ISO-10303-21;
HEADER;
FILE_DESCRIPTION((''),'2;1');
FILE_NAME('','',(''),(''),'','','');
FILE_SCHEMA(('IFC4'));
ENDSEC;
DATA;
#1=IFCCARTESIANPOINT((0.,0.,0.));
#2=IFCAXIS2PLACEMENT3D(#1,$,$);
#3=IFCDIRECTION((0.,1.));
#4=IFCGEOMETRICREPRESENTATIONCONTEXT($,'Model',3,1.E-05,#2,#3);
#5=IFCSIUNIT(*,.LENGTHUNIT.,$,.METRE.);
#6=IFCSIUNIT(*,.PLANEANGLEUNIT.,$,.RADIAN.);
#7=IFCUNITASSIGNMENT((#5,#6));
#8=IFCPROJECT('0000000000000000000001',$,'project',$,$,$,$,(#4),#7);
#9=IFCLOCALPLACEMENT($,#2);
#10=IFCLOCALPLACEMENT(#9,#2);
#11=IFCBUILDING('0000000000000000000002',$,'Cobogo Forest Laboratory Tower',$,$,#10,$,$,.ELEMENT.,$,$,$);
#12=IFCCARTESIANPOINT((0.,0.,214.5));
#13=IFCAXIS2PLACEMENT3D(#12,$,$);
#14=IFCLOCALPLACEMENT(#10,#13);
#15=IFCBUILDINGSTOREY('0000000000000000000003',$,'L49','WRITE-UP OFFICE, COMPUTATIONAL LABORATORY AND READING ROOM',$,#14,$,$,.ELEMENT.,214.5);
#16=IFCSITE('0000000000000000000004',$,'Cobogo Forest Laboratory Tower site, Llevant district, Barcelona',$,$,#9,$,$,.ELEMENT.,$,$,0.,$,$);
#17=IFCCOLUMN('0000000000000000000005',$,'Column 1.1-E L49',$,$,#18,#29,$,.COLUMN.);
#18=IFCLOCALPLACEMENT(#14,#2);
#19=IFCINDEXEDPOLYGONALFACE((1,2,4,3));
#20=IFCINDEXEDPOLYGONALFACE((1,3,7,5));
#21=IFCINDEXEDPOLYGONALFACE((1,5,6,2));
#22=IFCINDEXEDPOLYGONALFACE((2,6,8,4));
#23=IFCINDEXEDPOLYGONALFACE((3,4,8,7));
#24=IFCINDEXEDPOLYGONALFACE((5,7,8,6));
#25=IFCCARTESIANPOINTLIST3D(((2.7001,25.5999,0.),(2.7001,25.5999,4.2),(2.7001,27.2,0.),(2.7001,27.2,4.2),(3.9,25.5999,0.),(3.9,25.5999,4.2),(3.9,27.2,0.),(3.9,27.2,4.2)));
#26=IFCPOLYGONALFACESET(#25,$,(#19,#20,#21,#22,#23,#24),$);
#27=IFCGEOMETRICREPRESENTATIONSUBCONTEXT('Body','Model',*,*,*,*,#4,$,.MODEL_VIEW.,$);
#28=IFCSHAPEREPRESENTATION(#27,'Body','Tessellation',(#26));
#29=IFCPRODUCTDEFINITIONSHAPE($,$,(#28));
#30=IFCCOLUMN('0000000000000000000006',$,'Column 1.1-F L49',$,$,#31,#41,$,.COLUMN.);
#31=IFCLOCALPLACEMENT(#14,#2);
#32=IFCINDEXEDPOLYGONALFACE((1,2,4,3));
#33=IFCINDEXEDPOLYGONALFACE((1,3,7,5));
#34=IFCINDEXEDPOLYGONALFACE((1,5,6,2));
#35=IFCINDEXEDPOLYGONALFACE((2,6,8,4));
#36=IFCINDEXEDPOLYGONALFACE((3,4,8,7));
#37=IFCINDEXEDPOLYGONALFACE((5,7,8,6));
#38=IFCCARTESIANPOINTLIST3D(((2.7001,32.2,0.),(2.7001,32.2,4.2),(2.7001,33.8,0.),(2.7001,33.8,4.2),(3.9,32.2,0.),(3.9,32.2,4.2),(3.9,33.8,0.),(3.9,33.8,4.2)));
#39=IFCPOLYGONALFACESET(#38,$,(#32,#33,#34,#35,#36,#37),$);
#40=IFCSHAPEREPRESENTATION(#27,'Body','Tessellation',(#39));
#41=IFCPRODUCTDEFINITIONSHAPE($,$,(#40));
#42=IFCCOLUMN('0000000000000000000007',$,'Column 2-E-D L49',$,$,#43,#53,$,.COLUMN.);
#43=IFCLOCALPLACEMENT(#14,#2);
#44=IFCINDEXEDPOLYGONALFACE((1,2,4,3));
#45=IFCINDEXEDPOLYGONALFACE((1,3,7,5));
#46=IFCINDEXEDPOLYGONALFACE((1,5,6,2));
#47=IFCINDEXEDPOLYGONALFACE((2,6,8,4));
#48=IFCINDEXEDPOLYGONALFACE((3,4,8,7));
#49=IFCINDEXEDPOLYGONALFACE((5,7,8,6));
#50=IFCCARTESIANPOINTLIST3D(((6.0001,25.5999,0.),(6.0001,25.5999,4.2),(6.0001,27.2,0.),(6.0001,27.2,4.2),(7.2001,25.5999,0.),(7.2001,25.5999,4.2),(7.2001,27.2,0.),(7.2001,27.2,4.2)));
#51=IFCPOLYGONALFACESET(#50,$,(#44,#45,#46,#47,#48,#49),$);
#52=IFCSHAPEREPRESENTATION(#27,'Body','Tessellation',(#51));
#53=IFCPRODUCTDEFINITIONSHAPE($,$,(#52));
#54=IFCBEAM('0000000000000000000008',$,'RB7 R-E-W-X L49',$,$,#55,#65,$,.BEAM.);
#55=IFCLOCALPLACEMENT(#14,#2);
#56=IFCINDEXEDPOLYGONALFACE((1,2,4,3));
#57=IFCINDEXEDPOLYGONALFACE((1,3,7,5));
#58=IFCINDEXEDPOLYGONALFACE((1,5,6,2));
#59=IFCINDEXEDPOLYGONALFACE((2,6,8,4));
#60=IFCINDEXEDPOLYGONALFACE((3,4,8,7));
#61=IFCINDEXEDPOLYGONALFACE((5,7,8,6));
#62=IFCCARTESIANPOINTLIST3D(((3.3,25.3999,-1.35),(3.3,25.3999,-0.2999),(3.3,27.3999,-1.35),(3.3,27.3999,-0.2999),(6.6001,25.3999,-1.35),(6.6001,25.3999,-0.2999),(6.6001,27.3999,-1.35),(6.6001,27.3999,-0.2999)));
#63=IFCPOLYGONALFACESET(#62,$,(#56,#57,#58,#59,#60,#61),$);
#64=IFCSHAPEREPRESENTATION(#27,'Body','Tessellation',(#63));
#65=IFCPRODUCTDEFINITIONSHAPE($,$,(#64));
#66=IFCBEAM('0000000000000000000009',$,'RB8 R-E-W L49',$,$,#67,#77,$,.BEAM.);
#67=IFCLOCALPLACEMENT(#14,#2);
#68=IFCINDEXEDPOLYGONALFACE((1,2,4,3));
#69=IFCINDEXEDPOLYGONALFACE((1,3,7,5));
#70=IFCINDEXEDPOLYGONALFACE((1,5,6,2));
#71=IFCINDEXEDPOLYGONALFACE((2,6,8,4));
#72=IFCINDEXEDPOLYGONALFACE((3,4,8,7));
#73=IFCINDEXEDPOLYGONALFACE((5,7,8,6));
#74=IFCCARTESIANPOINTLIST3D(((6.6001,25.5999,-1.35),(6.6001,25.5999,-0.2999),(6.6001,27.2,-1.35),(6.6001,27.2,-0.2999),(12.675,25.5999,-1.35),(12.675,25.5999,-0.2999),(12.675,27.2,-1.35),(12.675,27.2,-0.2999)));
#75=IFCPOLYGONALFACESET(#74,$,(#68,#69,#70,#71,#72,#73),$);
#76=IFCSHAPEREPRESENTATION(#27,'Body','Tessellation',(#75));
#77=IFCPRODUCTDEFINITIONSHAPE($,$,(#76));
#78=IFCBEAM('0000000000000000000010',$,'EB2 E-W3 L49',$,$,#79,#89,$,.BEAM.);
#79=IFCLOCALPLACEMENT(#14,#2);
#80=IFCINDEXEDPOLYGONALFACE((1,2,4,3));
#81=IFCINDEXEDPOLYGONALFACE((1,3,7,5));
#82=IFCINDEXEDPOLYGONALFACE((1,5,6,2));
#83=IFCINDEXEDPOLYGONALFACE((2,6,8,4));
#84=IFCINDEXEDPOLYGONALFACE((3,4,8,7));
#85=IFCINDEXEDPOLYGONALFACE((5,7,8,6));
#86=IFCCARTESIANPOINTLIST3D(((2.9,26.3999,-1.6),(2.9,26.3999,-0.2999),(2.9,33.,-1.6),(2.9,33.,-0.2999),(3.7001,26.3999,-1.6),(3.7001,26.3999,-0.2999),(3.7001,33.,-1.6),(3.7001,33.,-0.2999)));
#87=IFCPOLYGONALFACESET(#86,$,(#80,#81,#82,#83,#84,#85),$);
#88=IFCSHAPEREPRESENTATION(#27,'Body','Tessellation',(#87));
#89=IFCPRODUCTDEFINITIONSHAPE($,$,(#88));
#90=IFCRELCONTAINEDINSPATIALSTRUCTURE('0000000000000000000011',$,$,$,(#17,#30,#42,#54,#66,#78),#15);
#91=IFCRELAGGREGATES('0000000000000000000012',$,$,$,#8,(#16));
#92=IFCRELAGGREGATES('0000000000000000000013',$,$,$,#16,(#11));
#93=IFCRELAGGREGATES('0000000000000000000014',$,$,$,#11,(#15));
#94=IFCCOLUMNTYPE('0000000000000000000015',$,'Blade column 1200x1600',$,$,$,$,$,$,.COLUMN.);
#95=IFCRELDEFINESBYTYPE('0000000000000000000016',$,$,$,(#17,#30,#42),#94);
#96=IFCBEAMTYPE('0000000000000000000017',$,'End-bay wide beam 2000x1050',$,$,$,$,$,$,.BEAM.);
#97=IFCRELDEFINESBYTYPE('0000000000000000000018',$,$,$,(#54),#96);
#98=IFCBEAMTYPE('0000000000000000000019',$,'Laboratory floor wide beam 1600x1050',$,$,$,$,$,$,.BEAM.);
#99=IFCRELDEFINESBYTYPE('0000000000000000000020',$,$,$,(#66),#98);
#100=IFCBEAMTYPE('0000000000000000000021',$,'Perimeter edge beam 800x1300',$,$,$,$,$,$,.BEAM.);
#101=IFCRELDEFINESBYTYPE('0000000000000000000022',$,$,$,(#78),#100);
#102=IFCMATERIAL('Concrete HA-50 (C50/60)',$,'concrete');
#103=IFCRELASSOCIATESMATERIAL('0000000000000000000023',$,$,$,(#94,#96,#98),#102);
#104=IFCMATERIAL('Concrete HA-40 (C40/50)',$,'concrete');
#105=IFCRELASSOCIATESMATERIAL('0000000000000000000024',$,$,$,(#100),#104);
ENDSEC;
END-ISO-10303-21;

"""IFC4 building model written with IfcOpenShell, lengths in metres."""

from ifc_helpers import new_model, si_unit, direction, frame, origin, origin_2d, place, context, subcontext, project, spatial, rectangle, extrude, material, material_profile, profile_set, type_object, element, save


model = new_model("IFC4")

# Units and contexts
model_context = context("Model", 3, precision=1e-05, world=origin(), true_north=direction((0.0, 1.0)))
body_context = subcontext(model_context, "Body", "Model", "MODEL_VIEW")
ifc_project = project(units=[si_unit("LENGTHUNIT", "METRE"), si_unit("PLANEANGLEUNIT", "RADIAN")], contexts=[model_context])

# Site, building, storey
site_placement = place(None, origin())
site = spatial("IfcSite", under=ifc_project, at=site_placement, Name="Cobogo Forest Laboratory Tower site, Llevant district, Barcelona", CompositionType="ELEMENT", RefElevation=0.0)
building_placement = place(site_placement, origin())
building = spatial("IfcBuilding", under=site, at=building_placement, Name="Cobogo Forest Laboratory Tower", CompositionType="ELEMENT")
storey_placement = place(building_placement, frame((0.0, 0.0, 214.5)))
storey = spatial("IfcBuildingStorey", under=building, at=storey_placement, Name="L49", Description="WRITE-UP OFFICE, COMPUTATIONAL LABORATORY AND READING ROOM", CompositionType="ELEMENT", Elevation=214.5)

# Columns
ifc_material_1 = material(Name="Concrete HA-50 (C50/60)", Category="concrete")
ifc_material_profile_1 = material_profile(ifc_material_1, rectangle(XDim=1.6001, YDim=1.2, at=origin_2d()), Name="RC 1200x1600")
ifc_profile_set_1 = profile_set([ifc_material_profile_1], Name="Concrete HA-50 (C50/60)")
column_type = type_object("IfcColumnType", Name="Blade column 1200x1600", PredefinedType="COLUMN", material=ifc_profile_set_1)
for number, where, z_axis, x_axis, name in (
    (1, (3.3, 26.3999, 0.0), (0.0, 0.0, 1.0), (0.0, 1.0, 0.0), "Column 1.1-E L49"),
    (2, (3.3, 33.0, 0.0), (0.0, 0.0, 1.0), (0.0, 1.0, 0.0), "Column 1.1-F L49"),
    (3, (6.6001, 26.3999, 0.0), (0.0, 0.0, 1.0), (0.0, 1.0, 0.0), "Column 2-E-D L49"),
):
    element("IfcColumn", number, at=place(storey_placement, frame(where, z_axis=z_axis, x_axis=x_axis)), inside=storey, type_object=column_type, Name=name, PredefinedType="COLUMN", context=body_context, shape_type="SweptSolid", body=[
        extrude(rectangle(XDim=1.6001, YDim=1.2, at=origin_2d()), origin(), (0.0, 0.0, 1.0), 4.2),
    ])

# Beams
ifc_material_profile_2 = material_profile(ifc_material_1, rectangle(XDim=2.0, YDim=1.05, at=origin_2d()), Name="RC 2000x1050")
ifc_profile_set_2 = profile_set([ifc_material_profile_2], Name="Concrete HA-50 (C50/60)")
beam_type_1 = type_object("IfcBeamType", Name="End-bay wide beam 2000x1050", PredefinedType="BEAM", material=ifc_profile_set_2)
beam_1_placement = place(storey_placement, frame((3.3, 26.3999, -0.825), z_axis=(1.0, 0.0, 0.0), x_axis=(0.0, 1.0, 0.0)))
element("IfcBeam", 4, at=beam_1_placement, inside=storey, type_object=beam_type_1, Name="RB7 R-E-W-X L49", PredefinedType="BEAM", context=body_context, shape_type="SweptSolid", body=[
    extrude(rectangle(XDim=2.0, YDim=1.05, at=origin_2d()), origin(), (0.0, 0.0, 1.0), 3.3),
])
ifc_material_profile_3 = material_profile(ifc_material_1, rectangle(XDim=1.6001, YDim=1.05, at=origin_2d()), Name="RC 1600x1050")
ifc_profile_set_3 = profile_set([ifc_material_profile_3], Name="Concrete HA-50 (C50/60)")
beam_type_2 = type_object("IfcBeamType", Name="Laboratory floor wide beam 1600x1050", PredefinedType="BEAM", material=ifc_profile_set_3)
beam_2_placement = place(storey_placement, frame((12.675, 26.3999, -0.825), z_axis=(-1.0, 0.0, 0.0), x_axis=(0.0, -1.0, 0.0)))
element("IfcBeam", 5, at=beam_2_placement, inside=storey, type_object=beam_type_2, Name="RB8 R-E-W L49", PredefinedType="BEAM", context=body_context, shape_type="SweptSolid", body=[
    extrude(rectangle(XDim=1.6001, YDim=1.05, at=origin_2d()), origin(), (0.0, 0.0, 1.0), 6.075),
])
ifc_material_2 = material(Name="Concrete HA-40 (C40/50)", Category="concrete")
ifc_material_profile_4 = material_profile(ifc_material_2, rectangle(XDim=0.8, YDim=1.3, at=origin_2d()), Name="RC 800x1300")
ifc_profile_set_4 = profile_set([ifc_material_profile_4], Name="Concrete HA-40 (C40/50)")
beam_type_3 = type_object("IfcBeamType", Name="Perimeter edge beam 800x1300", PredefinedType="BEAM", material=ifc_profile_set_4)
beam_3_placement = place(storey_placement, frame((3.3, 26.3999, -0.95), z_axis=(0.0, 1.0, 0.0), x_axis=(-1.0, 0.0, 0.0)))
element("IfcBeam", 6, at=beam_3_placement, inside=storey, type_object=beam_type_3, Name="EB2 E-W3 L49", PredefinedType="BEAM", context=body_context, shape_type="SweptSolid", body=[
    extrude(rectangle(XDim=0.8, YDim=1.3, at=origin_2d()), origin(), (0.0, 0.0, 1.0), 6.6001),
])

save(model, "model.ifc")
